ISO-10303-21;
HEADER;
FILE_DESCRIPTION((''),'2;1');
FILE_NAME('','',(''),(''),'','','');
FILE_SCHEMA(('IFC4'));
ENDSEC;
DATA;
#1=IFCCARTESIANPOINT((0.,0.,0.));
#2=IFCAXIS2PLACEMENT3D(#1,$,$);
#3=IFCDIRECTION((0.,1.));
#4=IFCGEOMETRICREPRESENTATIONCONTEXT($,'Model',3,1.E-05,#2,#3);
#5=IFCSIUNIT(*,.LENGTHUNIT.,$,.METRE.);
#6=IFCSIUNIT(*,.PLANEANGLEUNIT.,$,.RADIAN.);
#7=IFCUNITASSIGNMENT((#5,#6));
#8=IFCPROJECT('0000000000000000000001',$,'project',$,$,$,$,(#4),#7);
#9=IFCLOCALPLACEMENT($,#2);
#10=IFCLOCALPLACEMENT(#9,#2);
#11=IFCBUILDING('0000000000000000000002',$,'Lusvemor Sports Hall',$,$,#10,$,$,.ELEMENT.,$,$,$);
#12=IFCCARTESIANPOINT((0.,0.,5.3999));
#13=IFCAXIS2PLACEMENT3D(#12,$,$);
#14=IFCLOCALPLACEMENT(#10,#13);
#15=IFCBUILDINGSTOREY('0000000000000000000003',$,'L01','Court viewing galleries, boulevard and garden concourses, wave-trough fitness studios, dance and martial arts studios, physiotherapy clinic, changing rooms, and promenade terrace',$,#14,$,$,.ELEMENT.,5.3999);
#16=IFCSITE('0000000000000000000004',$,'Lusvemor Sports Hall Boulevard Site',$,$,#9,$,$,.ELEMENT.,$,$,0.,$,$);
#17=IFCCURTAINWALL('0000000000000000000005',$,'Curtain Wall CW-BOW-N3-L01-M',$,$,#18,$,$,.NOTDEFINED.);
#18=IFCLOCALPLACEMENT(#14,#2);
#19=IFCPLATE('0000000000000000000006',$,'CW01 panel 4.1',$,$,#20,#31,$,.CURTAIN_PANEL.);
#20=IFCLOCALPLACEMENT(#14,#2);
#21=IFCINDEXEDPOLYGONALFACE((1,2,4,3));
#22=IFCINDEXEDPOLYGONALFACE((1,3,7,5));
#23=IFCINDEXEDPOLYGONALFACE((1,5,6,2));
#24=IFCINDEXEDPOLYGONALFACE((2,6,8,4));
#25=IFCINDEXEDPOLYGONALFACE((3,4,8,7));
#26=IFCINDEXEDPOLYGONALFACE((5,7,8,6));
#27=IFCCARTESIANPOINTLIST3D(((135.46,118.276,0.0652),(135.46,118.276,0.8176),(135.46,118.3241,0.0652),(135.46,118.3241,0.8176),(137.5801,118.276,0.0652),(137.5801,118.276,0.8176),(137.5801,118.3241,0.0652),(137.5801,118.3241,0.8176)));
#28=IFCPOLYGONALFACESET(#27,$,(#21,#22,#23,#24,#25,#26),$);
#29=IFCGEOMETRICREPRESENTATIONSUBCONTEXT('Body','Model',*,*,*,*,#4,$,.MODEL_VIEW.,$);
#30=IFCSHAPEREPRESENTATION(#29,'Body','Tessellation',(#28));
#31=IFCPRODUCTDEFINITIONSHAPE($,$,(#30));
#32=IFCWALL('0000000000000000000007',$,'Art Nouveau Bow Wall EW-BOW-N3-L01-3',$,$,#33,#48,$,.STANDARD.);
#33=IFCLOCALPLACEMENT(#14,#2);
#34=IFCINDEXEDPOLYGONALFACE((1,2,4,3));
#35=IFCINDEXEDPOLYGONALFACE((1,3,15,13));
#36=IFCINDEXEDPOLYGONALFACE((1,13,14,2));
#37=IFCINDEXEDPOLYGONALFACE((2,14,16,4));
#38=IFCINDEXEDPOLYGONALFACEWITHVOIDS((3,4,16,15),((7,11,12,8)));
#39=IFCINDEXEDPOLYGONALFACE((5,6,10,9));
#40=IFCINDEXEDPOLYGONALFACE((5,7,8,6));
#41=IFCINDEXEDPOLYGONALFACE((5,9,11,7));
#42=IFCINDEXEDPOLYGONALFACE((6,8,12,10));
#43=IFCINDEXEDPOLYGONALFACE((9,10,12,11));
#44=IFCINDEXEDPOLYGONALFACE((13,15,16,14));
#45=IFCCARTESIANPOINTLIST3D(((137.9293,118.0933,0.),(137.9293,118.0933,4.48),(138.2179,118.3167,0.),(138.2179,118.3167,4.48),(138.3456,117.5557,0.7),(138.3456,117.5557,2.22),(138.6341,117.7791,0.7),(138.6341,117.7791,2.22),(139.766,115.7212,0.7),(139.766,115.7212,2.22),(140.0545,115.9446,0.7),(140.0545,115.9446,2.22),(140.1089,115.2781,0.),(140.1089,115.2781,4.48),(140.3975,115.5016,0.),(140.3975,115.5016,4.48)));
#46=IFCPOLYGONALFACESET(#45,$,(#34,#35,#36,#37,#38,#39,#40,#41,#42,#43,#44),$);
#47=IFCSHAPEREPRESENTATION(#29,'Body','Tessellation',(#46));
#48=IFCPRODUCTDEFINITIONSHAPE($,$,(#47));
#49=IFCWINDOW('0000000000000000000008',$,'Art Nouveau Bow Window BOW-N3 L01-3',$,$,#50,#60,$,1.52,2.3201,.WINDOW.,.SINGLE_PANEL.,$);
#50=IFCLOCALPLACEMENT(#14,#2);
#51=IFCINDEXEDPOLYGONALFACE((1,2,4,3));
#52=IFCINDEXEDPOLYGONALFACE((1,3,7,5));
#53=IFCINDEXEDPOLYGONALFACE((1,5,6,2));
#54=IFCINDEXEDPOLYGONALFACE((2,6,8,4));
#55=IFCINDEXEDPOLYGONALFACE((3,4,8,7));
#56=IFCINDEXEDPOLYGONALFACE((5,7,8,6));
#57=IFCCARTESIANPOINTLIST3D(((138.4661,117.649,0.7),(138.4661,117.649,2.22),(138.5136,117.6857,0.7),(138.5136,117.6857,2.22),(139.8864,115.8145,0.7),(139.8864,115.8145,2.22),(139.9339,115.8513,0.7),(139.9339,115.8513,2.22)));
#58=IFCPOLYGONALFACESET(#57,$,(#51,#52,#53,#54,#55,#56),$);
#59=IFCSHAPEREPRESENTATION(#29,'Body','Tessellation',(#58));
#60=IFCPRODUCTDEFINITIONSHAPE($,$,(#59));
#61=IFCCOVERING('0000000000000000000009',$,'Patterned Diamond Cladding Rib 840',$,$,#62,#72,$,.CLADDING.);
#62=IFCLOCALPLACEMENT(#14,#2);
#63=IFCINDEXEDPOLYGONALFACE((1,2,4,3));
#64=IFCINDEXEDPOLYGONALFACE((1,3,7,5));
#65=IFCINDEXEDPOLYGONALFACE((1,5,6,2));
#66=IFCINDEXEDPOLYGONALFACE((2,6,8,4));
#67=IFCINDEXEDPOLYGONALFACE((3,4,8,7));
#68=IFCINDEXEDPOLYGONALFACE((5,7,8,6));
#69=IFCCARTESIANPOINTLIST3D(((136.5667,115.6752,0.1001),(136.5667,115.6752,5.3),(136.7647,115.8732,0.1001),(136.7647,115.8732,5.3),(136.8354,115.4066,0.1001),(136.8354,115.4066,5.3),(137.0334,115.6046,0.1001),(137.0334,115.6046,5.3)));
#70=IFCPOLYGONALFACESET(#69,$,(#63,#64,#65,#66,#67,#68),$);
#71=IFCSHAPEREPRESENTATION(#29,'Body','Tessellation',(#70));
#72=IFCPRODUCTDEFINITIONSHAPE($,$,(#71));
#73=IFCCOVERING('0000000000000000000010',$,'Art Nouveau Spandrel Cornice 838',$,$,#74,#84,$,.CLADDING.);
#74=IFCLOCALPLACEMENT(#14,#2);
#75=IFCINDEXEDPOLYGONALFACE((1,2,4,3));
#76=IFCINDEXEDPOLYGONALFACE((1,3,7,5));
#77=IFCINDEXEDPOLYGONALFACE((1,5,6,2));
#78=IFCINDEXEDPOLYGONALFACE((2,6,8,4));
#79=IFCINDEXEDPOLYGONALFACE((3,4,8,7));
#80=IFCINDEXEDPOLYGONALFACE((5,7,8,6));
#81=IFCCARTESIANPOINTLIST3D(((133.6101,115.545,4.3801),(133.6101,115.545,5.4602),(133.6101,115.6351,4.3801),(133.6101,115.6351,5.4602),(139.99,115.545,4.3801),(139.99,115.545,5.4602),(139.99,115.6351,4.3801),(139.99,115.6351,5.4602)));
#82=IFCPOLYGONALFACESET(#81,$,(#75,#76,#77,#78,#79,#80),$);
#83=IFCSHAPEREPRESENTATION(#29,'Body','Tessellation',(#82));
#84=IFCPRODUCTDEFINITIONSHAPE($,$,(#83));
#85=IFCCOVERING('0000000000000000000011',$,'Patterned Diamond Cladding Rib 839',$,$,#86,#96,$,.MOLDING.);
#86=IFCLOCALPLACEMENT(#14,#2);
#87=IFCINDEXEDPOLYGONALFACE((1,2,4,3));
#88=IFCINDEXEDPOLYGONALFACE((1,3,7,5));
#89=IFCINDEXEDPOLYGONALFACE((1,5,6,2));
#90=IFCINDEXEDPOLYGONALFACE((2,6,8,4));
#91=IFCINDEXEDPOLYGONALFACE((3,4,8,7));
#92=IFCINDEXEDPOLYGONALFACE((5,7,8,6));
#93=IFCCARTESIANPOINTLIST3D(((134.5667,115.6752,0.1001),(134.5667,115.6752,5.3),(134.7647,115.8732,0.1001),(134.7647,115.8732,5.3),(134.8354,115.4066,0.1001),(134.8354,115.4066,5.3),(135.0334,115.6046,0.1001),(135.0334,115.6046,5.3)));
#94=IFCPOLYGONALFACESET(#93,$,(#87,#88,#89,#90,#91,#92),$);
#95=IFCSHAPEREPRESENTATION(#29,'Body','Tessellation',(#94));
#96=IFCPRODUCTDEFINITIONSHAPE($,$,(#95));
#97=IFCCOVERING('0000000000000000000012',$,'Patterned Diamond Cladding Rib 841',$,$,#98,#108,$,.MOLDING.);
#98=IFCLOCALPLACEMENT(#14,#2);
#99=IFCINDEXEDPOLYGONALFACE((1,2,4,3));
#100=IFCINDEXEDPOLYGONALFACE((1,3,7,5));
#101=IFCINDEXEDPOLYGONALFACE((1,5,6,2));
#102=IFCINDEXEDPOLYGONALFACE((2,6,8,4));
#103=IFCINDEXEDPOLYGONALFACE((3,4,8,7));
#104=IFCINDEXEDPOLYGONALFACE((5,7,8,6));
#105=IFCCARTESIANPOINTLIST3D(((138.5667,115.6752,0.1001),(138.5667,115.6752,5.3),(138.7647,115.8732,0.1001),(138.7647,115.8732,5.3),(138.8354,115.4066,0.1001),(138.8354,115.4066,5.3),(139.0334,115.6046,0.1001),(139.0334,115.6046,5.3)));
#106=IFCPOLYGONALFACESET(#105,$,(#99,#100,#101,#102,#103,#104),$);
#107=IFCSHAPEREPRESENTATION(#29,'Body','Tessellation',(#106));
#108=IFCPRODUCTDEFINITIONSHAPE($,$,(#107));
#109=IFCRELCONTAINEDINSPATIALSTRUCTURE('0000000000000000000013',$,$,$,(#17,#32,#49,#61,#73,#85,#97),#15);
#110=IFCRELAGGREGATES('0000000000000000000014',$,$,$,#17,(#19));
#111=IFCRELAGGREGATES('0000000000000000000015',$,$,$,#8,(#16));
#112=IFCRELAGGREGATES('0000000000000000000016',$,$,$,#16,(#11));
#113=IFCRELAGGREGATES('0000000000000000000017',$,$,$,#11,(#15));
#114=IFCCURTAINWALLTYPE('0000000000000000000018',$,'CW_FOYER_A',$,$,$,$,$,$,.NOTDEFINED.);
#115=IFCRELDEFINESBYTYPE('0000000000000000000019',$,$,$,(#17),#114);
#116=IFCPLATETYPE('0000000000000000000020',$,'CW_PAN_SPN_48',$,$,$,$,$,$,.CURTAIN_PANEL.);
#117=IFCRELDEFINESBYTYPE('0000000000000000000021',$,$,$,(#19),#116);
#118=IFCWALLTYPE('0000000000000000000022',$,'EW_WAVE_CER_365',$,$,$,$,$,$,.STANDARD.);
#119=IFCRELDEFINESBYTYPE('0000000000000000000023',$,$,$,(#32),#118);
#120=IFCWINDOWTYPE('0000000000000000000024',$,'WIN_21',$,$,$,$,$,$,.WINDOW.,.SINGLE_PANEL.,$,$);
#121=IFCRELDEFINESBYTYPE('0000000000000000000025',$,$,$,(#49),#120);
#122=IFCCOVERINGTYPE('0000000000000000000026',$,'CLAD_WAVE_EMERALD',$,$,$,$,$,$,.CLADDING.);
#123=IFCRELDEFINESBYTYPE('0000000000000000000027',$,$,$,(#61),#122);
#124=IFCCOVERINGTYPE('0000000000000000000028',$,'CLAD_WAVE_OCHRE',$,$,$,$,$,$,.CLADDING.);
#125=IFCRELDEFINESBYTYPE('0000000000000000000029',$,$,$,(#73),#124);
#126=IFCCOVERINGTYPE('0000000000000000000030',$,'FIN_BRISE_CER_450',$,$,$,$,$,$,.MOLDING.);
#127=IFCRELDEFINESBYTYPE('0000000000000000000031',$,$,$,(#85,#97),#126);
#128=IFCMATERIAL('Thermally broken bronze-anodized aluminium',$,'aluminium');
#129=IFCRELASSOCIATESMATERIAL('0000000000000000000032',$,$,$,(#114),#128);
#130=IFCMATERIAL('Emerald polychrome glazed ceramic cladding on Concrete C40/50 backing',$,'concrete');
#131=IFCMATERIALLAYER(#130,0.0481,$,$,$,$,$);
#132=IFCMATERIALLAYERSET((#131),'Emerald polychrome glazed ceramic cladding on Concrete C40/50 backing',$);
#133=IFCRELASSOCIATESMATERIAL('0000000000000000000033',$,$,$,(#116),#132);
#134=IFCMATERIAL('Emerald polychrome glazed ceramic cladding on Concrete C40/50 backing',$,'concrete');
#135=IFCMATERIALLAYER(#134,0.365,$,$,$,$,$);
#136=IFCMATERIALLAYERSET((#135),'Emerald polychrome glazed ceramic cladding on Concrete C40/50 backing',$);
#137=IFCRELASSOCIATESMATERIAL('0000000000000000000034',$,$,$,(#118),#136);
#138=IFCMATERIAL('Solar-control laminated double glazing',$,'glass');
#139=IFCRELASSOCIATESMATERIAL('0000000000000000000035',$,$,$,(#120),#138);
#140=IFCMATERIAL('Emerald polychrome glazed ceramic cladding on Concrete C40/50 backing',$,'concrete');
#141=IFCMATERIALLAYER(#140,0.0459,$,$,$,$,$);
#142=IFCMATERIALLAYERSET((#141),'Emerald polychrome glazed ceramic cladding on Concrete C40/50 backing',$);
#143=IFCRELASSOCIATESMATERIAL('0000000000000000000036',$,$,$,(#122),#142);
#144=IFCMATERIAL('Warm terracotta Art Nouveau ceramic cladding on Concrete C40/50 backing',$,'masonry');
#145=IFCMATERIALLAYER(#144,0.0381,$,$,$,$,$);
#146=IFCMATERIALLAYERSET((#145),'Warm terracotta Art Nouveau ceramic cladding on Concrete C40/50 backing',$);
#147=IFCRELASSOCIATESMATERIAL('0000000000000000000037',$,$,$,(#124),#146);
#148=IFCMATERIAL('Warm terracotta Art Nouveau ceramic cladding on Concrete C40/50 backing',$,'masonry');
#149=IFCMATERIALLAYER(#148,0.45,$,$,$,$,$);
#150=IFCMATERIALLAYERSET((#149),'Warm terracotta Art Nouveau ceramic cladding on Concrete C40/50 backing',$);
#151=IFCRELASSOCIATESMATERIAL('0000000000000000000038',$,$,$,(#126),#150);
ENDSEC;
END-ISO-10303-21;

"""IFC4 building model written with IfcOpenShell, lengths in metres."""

from ifc_helpers import new_model, si_unit, direction, frame, frame_2d, origin, origin_2d, place, context, subcontext, project, spatial, rectangle, extrude, material, layer, layer_set, type_object, element, fill, aggregate, save


model = new_model("IFC4")

# Units and contexts
model_context = context("Model", 3, precision=1e-05, world=origin(), true_north=direction((0.0, 1.0)))
body_context = subcontext(model_context, "Body", "Model", "MODEL_VIEW")
ifc_project = project(units=[si_unit("LENGTHUNIT", "METRE"), si_unit("PLANEANGLEUNIT", "RADIAN")], contexts=[model_context])

# Site, building, storey
site_placement = place(None, origin())
site = spatial("IfcSite", under=ifc_project, at=site_placement, Name="Lusvemor Sports Hall Boulevard Site", CompositionType="ELEMENT", RefElevation=0.0)
building_placement = place(site_placement, origin())
building = spatial("IfcBuilding", under=site, at=building_placement, Name="Lusvemor Sports Hall", CompositionType="ELEMENT")
storey_placement = place(building_placement, frame((0.0, 0.0, 5.3999)))
storey = spatial("IfcBuildingStorey", under=building, at=storey_placement, Name="L01", Description="Court viewing galleries, boulevard and garden concourses, wave-trough fitness studios, dance and martial arts studios, physiotherapy clinic, changing rooms, and promenade terrace", CompositionType="ELEMENT", Elevation=5.3999)

# Curtain wall
ifc_material_1 = material(Name="Thermally broken bronze-anodized aluminium", Category="aluminium")
curtain_wall_type_1 = type_object("IfcCurtainWallType", Name="CW_FOYER_A", PredefinedType="NOTDEFINED", material=ifc_material_1)
curtain_wall_1_placement = place(storey_placement, origin())
curtain_wall_1 = element("IfcCurtainWall", 1, at=curtain_wall_1_placement, inside=storey, type_object=curtain_wall_type_1, Name="Curtain Wall CW-BOW-N3-L01-M", PredefinedType="NOTDEFINED")

# Plate
ifc_material_2 = material(Name="Emerald polychrome glazed ceramic cladding on Concrete C40/50 backing", Category="concrete")
ifc_layer_1 = layer(ifc_material_2, 0.0481)
ifc_layer_set_1 = layer_set([ifc_layer_1], Name="Emerald polychrome glazed ceramic cladding on Concrete C40/50 backing")
plate_type_1 = type_object("IfcPlateType", Name="CW_PAN_SPN_48", PredefinedType="CURTAIN_PANEL", material=ifc_layer_set_1)
plate_1_placement = place(storey_placement, frame((136.52, 118.3, 0.0652), z_axis=(0.0, 0.0, 1.0), x_axis=(1.0, 0.0, 0.0)))
plate_1 = element("IfcPlate", 2, at=plate_1_placement, type_object=plate_type_1, Name="CW01 panel 4.1", PredefinedType="CURTAIN_PANEL", context=body_context, shape_type="SweptSolid", body=[
    extrude(rectangle(XDim=2.1201, YDim=0.0481, at=origin_2d()), origin(), (0.0, 0.0, 1.0), 0.7524),
])
aggregate(curtain_wall_1, [plate_1])

# Wall, opening, window
ifc_material_3 = material(Name="Emerald polychrome glazed ceramic cladding on Concrete C40/50 backing", Category="concrete")
ifc_layer_2 = layer(ifc_material_3, 0.365)
ifc_layer_set_2 = layer_set([ifc_layer_2], Name="Emerald polychrome glazed ceramic cladding on Concrete C40/50 backing")
wall_type = type_object("IfcWallType", Name="EW_WAVE_CER_365", PredefinedType="STANDARD", material=ifc_layer_set_2)
wall_placement = place(storey_placement, frame((138.0735, 118.2051, 0.0), z_axis=(0.0, 0.0, 1.0), x_axis=(0.612206, -0.790698, 0.0)))
wall = element("IfcWall", 3, at=wall_placement, inside=storey, type_object=wall_type, Name="Art Nouveau Bow Wall EW-BOW-N3-L01-3", PredefinedType="STANDARD", context=body_context, shape_type="SweptSolid", body=[
    extrude(rectangle(XDim=3.5603, YDim=0.365, at=frame_2d((1.7803, 0.0))), origin(), (0.0, 0.0, 1.0), 4.48),
])
opening_placement = place(wall_placement, frame((0.6799, 0.0, 0.7)))
opening = element("IfcOpeningElement", 4, at=opening_placement, cuts=wall, PredefinedType="OPENING", context=body_context, shape_type="SweptSolid", body=[
    extrude(rectangle(XDim=2.3201, YDim=1.52, at=frame_2d((1.1602, 0.76))), frame((0.0, 0.1826, 0.0), z_axis=(0.0, -1.0, 0.0), x_axis=(1.0, 0.0, 0.0)), (0.0, 0.0, 1.0), 0.365),
])
ifc_material_4 = material(Name="Solar-control laminated double glazing", Category="glass")
window_type = type_object("IfcWindowType", Name="WIN_21", PartitioningType="SINGLE_PANEL", PredefinedType="WINDOW", material=ifc_material_4)
window_placement = place(opening_placement, origin())
window = element("IfcWindow", 5, at=window_placement, inside=storey, type_object=window_type, Name="Art Nouveau Bow Window BOW-N3 L01-3", OverallHeight=1.52, OverallWidth=2.3201, PartitioningType="SINGLE_PANEL", PredefinedType="WINDOW", context=body_context, shape_type="SweptSolid", body=[
    extrude(rectangle(XDim=2.3201, YDim=1.52, at=frame_2d((1.1602, 0.76))), frame((0.0, 0.03, 0.0), z_axis=(0.0, -1.0, 0.0), x_axis=(1.0, 0.0, 0.0)), (0.0, 0.0, 1.0), 0.0601),
])
fill(opening, window)

# Coverings
ifc_material_5 = material(Name="Emerald polychrome glazed ceramic cladding on Concrete C40/50 backing", Category="concrete")
ifc_layer_3 = layer(ifc_material_5, 0.0459)
ifc_layer_set_3 = layer_set([ifc_layer_3], Name="Emerald polychrome glazed ceramic cladding on Concrete C40/50 backing")
covering_type_1 = type_object("IfcCoveringType", Name="CLAD_WAVE_EMERALD", PredefinedType="CLADDING", material=ifc_layer_set_3)
covering_1_placement = place(storey_placement, frame((136.8, 115.6399, 0.1001), z_axis=(0.0, 0.0, 1.0), x_axis=(0.707107, 0.707107, 0.0)))
element("IfcCovering", 6, at=covering_1_placement, inside=storey, type_object=covering_type_1, Name="Patterned Diamond Cladding Rib 840", PredefinedType="CLADDING", context=body_context, shape_type="SweptSolid", body=[
    extrude(rectangle(XDim=0.28, YDim=0.3799, at=origin_2d()), origin(), (0.0, 0.0, 1.0), 5.2),
])
ifc_material_6 = material(Name="Warm terracotta Art Nouveau ceramic cladding on Concrete C40/50 backing", Category="masonry")
ifc_layer_4 = layer(ifc_material_6, 0.0381)
ifc_layer_set_4 = layer_set([ifc_layer_4], Name="Warm terracotta Art Nouveau ceramic cladding on Concrete C40/50 backing")
covering_type_2 = type_object("IfcCoveringType", Name="CLAD_WAVE_OCHRE", PredefinedType="CLADDING", material=ifc_layer_set_4)
covering_2_placement = place(storey_placement, frame((136.8, 115.5901, 4.3801), z_axis=(0.0, 0.0, 1.0), x_axis=(1.0, 0.0, 0.0)))
element("IfcCovering", 7, at=covering_2_placement, inside=storey, type_object=covering_type_2, Name="Art Nouveau Spandrel Cornice 838", PredefinedType="CLADDING", context=body_context, shape_type="SweptSolid", body=[
    extrude(rectangle(XDim=6.3799, YDim=0.0901, at=origin_2d()), origin(), (0.0, 0.0, 1.0), 1.0801),
])
ifc_material_7 = material(Name="Warm terracotta Art Nouveau ceramic cladding on Concrete C40/50 backing", Category="masonry")
ifc_layer_5 = layer(ifc_material_7, 0.45)
ifc_layer_set_5 = layer_set([ifc_layer_5], Name="Warm terracotta Art Nouveau ceramic cladding on Concrete C40/50 backing")
covering_type_3 = type_object("IfcCoveringType", Name="FIN_BRISE_CER_450", PredefinedType="MOLDING", material=ifc_layer_set_5)
for number, where, z_axis, x_axis, name in (
    (8, (134.8, 115.6399, 0.1001), (0.0, 0.0, 1.0), (0.707107, 0.707107, 0.0), "Patterned Diamond Cladding Rib 839"),
    (9, (138.8, 115.6399, 0.1001), (0.0, 0.0, 1.0), (0.707107, 0.707107, 0.0), "Patterned Diamond Cladding Rib 841"),
):
    element("IfcCovering", number, at=place(storey_placement, frame(where, z_axis=z_axis, x_axis=x_axis)), inside=storey, type_object=covering_type_3, Name=name, PredefinedType="MOLDING", context=body_context, shape_type="SweptSolid", body=[
        extrude(rectangle(XDim=0.28, YDim=0.3799, at=origin_2d()), origin(), (0.0, 0.0, 1.0), 5.2),
    ])

save(model, "model.ifc")
